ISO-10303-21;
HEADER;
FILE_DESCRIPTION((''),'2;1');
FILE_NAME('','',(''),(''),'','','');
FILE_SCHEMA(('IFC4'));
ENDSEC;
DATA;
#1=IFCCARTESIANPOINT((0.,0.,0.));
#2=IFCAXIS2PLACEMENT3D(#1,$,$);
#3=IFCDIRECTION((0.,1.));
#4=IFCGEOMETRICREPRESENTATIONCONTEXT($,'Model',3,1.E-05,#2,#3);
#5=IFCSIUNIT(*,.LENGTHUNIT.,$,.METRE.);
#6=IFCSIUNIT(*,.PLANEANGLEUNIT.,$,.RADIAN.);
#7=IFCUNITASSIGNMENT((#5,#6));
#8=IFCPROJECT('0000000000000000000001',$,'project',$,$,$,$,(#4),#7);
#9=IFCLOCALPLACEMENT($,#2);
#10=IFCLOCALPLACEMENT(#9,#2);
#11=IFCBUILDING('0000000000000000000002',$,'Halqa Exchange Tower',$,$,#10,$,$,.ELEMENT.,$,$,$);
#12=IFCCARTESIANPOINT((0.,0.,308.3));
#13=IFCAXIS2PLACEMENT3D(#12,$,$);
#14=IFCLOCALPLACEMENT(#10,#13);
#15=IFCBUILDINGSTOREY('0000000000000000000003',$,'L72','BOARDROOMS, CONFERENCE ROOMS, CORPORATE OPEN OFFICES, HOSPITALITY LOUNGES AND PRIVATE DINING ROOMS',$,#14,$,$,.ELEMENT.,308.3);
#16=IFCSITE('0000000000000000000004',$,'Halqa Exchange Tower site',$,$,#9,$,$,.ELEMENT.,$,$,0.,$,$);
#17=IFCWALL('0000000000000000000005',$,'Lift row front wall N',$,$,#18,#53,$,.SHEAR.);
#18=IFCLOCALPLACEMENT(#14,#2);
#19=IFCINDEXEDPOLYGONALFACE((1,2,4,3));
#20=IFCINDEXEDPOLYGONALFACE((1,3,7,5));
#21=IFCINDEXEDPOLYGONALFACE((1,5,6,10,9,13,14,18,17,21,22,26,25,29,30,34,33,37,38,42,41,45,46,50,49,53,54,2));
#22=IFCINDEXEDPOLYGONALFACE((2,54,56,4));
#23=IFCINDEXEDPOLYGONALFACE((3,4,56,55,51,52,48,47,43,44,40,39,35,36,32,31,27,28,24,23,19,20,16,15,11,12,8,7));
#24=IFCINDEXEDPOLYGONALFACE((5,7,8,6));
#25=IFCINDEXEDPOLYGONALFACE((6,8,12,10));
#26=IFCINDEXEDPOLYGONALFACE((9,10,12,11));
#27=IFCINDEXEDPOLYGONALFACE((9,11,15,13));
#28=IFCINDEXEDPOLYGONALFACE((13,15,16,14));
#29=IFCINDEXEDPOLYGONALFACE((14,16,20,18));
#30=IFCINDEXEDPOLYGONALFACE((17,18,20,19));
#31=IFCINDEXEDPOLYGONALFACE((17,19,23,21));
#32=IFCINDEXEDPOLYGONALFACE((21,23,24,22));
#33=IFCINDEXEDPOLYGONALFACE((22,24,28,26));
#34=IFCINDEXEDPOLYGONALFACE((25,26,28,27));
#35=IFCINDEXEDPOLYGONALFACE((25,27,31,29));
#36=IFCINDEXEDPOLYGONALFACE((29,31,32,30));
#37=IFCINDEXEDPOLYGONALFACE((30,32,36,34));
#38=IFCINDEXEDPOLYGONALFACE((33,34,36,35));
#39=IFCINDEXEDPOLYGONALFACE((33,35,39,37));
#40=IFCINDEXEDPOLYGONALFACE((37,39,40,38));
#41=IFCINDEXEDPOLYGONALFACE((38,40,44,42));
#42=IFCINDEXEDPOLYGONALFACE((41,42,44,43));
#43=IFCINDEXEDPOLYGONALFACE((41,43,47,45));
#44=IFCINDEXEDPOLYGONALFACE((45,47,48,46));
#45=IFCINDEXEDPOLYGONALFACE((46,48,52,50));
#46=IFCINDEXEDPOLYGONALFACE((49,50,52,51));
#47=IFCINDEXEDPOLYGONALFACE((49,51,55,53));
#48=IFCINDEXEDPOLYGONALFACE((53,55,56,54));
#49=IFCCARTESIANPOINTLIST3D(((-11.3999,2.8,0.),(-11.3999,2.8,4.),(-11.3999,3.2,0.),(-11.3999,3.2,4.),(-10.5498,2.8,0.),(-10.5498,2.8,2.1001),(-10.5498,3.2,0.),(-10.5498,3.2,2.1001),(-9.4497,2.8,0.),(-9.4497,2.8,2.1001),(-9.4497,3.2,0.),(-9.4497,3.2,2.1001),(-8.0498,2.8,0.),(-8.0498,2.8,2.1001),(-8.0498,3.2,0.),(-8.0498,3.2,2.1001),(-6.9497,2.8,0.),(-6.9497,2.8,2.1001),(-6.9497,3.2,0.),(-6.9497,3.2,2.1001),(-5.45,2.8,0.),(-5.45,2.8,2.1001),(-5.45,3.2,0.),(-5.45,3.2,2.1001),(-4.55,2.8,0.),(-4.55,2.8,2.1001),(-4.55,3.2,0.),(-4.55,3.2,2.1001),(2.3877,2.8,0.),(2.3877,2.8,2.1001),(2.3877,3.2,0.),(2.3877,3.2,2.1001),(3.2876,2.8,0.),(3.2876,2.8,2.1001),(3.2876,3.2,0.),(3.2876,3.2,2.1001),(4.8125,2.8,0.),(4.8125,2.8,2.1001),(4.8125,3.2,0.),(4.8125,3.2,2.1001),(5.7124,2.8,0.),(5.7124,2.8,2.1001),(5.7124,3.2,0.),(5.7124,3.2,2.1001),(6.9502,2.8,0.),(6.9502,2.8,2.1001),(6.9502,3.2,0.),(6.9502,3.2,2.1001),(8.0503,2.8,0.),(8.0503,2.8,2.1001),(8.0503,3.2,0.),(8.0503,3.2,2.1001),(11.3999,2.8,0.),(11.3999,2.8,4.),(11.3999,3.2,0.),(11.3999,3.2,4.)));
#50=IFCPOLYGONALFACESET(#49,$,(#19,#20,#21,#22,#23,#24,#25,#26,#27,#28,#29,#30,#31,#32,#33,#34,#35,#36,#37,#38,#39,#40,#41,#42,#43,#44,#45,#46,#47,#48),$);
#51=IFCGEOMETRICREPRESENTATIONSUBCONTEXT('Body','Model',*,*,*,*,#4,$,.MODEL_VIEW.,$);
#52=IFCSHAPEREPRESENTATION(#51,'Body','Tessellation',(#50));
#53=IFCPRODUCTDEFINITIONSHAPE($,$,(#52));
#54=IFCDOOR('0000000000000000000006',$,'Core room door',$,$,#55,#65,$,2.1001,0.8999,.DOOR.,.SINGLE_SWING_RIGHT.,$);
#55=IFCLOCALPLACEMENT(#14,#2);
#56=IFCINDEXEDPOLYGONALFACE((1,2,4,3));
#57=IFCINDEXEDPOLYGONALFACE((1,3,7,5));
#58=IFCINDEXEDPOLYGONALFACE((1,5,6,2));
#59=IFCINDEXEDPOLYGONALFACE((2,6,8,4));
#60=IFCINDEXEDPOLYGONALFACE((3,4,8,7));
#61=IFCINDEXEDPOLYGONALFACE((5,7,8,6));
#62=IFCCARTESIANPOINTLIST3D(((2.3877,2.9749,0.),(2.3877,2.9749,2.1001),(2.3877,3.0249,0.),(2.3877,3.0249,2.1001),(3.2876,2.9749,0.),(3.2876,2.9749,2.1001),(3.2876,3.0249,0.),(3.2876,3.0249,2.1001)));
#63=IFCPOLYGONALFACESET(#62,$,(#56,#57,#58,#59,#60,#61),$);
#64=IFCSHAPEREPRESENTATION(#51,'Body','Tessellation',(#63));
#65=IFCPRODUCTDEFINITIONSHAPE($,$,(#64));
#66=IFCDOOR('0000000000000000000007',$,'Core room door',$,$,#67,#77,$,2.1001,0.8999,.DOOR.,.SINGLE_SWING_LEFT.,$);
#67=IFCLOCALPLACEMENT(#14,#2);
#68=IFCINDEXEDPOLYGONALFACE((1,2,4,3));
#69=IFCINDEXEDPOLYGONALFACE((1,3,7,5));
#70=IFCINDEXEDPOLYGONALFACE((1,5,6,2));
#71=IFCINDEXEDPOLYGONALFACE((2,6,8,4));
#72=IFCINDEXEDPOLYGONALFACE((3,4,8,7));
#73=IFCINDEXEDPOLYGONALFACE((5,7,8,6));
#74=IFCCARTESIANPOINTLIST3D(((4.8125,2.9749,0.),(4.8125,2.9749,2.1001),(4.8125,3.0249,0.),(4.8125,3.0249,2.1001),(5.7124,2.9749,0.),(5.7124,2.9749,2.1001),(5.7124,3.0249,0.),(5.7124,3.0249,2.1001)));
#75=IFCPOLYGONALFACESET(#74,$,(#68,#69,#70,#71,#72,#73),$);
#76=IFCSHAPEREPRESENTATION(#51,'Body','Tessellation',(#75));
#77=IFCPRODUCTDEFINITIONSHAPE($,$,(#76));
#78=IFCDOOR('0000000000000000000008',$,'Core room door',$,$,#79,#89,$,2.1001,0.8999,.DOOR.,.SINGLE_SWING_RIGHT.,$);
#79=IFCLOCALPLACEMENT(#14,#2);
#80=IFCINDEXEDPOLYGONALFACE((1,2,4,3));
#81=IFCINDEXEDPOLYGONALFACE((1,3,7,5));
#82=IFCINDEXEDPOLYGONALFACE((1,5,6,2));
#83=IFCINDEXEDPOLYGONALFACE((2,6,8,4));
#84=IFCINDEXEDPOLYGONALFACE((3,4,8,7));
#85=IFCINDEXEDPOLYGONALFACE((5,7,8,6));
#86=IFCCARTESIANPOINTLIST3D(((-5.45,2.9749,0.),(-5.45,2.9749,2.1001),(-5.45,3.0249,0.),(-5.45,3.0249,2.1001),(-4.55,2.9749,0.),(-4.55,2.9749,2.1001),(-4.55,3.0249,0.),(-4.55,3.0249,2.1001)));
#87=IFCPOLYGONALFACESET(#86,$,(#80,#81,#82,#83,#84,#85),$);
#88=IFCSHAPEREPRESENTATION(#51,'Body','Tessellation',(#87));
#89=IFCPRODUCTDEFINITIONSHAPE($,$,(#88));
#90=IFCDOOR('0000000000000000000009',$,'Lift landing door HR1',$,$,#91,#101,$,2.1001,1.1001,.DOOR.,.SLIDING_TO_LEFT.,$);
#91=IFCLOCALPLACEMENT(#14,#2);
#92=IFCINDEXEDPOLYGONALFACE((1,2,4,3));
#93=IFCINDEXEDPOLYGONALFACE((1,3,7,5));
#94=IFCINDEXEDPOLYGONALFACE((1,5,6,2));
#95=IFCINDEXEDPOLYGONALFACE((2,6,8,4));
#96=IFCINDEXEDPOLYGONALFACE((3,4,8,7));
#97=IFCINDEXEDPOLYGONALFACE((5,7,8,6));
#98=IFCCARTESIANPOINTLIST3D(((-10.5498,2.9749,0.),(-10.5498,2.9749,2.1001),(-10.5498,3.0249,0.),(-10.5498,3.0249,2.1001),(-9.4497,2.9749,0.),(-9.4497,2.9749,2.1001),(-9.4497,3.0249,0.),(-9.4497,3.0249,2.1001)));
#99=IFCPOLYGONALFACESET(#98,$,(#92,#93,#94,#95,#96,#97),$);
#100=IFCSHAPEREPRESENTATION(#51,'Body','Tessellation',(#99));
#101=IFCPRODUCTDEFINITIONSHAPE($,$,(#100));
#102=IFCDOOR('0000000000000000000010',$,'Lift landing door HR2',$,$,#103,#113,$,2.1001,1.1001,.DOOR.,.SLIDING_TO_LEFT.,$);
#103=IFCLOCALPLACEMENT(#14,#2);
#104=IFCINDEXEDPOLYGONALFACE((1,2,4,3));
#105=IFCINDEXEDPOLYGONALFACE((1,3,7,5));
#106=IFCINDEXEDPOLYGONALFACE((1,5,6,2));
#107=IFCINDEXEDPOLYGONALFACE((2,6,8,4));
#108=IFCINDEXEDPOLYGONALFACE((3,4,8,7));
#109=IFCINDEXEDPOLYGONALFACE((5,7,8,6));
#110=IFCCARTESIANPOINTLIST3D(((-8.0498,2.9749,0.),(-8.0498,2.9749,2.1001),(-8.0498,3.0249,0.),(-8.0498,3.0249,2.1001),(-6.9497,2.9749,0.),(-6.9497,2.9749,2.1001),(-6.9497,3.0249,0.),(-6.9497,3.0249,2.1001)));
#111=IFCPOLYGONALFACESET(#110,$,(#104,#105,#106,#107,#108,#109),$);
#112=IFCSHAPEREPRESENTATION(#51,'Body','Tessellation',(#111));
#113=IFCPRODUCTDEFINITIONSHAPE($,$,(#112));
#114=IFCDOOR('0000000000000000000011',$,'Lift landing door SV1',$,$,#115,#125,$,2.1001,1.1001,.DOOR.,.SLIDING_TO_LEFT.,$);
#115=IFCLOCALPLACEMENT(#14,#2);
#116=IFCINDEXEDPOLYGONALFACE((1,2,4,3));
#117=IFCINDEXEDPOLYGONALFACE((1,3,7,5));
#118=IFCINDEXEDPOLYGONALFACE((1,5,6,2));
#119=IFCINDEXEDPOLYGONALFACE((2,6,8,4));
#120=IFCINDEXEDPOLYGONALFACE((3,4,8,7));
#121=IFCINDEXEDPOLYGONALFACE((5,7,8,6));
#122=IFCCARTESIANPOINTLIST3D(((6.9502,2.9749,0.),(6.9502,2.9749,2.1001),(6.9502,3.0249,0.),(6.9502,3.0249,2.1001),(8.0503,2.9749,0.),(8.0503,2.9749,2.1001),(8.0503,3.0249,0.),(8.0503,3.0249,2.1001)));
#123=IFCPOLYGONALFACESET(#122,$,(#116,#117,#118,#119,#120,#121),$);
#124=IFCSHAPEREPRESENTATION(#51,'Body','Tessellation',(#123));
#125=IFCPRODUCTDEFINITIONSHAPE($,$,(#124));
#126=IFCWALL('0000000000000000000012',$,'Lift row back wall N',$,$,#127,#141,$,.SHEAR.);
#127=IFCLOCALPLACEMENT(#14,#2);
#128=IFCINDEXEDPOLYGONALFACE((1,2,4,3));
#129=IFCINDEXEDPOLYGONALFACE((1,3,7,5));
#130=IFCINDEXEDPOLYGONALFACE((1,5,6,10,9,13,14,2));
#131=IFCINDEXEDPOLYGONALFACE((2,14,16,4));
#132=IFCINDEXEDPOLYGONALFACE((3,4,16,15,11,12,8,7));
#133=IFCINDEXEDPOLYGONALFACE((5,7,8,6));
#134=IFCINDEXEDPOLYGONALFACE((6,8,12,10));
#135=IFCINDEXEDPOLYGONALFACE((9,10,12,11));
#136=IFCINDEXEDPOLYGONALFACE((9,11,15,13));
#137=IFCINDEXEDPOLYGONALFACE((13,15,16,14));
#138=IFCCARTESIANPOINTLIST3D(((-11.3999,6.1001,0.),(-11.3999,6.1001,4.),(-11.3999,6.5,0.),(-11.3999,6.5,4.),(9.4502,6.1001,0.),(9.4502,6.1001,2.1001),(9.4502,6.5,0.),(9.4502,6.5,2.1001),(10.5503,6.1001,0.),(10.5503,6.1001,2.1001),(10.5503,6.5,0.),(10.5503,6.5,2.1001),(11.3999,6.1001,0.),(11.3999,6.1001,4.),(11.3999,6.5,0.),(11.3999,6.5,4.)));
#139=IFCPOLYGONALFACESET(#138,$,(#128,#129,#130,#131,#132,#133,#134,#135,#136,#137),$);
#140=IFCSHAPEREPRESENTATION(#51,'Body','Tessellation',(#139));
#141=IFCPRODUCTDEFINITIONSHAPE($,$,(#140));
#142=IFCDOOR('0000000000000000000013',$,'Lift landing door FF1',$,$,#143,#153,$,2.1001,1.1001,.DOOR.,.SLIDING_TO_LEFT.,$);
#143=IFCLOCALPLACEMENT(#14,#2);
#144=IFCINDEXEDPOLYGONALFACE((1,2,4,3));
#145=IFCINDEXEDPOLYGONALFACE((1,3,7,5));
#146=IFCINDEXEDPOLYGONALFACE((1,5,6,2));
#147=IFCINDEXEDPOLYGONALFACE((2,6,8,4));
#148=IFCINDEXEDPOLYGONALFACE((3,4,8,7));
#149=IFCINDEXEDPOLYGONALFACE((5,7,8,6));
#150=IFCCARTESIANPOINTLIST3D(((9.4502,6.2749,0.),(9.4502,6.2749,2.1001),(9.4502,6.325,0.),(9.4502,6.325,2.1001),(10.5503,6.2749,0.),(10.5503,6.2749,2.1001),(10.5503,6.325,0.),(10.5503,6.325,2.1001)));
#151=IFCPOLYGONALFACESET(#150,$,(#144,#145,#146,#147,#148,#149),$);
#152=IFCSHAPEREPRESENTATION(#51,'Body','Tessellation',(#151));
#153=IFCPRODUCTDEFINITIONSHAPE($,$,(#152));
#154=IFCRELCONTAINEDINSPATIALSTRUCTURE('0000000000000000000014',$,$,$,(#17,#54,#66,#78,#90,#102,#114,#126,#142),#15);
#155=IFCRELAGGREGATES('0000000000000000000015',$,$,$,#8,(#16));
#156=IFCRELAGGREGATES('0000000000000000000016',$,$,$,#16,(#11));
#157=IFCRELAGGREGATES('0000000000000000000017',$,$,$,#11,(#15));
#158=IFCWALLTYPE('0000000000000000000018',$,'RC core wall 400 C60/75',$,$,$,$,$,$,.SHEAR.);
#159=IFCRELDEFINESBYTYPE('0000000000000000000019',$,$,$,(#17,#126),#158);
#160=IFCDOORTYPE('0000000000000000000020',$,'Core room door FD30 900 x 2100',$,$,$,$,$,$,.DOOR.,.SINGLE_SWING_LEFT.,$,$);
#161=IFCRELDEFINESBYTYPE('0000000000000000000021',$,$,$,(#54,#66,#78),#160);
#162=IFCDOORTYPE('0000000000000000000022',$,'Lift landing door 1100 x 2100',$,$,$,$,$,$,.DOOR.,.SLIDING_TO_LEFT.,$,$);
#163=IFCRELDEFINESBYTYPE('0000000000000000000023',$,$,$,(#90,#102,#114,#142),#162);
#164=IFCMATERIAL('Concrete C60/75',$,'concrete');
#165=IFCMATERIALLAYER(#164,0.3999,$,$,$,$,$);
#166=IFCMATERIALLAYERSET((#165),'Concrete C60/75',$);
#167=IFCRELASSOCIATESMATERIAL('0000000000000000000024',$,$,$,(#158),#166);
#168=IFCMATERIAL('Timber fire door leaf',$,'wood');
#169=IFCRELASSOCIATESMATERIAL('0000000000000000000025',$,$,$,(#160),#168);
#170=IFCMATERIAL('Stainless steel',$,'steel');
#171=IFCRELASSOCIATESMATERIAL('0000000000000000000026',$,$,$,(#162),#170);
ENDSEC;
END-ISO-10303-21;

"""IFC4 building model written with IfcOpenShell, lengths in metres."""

from ifc_helpers import new_model, si_unit, direction, frame, frame_2d, origin, place, context, subcontext, project, spatial, rectangle, extrude, material, layer, layer_set, type_object, element, fill, save


model = new_model("IFC4")

# Units and contexts
model_context = context("Model", 3, precision=1e-05, world=origin(), true_north=direction((0.0, 1.0)))
body_context = subcontext(model_context, "Body", "Model", "MODEL_VIEW")
ifc_project = project(units=[si_unit("LENGTHUNIT", "METRE"), si_unit("PLANEANGLEUNIT", "RADIAN")], contexts=[model_context])

# Site, building, storey
site_placement = place(None, origin())
site = spatial("IfcSite", under=ifc_project, at=site_placement, Name="Halqa Exchange Tower site", CompositionType="ELEMENT", RefElevation=0.0)
building_placement = place(site_placement, origin())
building = spatial("IfcBuilding", under=site, at=building_placement, Name="Halqa Exchange Tower", CompositionType="ELEMENT")
storey_placement = place(building_placement, frame((0.0, 0.0, 308.3)))
storey = spatial("IfcBuildingStorey", under=building, at=storey_placement, Name="L72", Description="BOARDROOMS, CONFERENCE ROOMS, CORPORATE OPEN OFFICES, HOSPITALITY LOUNGES AND PRIVATE DINING ROOMS", CompositionType="ELEMENT", Elevation=308.3)

# Shared definitions
ifc_material_1 = material(Name="Concrete C60/75", Category="concrete")

# Wall, openings, doors
ifc_layer_1 = layer(ifc_material_1, 0.3999)
ifc_layer_set_1 = layer_set([ifc_layer_1], Name="Concrete C60/75")
wall_type_1 = type_object("IfcWallType", Name="RC core wall 400 C60/75", PredefinedType="SHEAR", material=ifc_layer_set_1)
wall_1_placement = place(storey_placement, frame((-11.3999, 3.0, 0.0), z_axis=(0.0, 0.0, 1.0), x_axis=(1.0, 0.0, 0.0)))
wall_1 = element("IfcWall", 1, at=wall_1_placement, inside=storey, type_object=wall_type_1, Name="Lift row front wall N", PredefinedType="SHEAR", context=body_context, shape_type="SweptSolid", body=[
    extrude(rectangle(XDim=22.7998, YDim=0.3999, at=frame_2d((11.3999, 0.0))), origin(), (0.0, 0.0, 1.0), 4.0),
])
opening_1_placement = place(wall_1_placement, frame((0.8501, 0.0, 0.0)))
opening_1 = element("IfcOpeningElement", 2, at=opening_1_placement, cuts=wall_1, PredefinedType="OPENING", context=body_context, shape_type="SweptSolid", body=[
    extrude(rectangle(XDim=1.1001, YDim=2.1001, at=frame_2d((0.55, 1.05))), frame((0.0, 0.2119, 0.0), z_axis=(0.0, -1.0, 0.0), x_axis=(1.0, 0.0, 0.0)), (0.0, 0.0, 1.0), 0.4238),
])
opening_2_placement = place(wall_1_placement, frame((3.3501, 0.0, 0.0)))
opening_2 = element("IfcOpeningElement", 3, at=opening_2_placement, cuts=wall_1, PredefinedType="OPENING", context=body_context, shape_type="SweptSolid", body=[
    extrude(rectangle(XDim=1.1001, YDim=2.1001, at=frame_2d((0.55, 1.05))), frame((0.0, 0.2119, 0.0), z_axis=(0.0, -1.0, 0.0), x_axis=(1.0, 0.0, 0.0)), (0.0, 0.0, 1.0), 0.4238),
])
opening_3_placement = place(wall_1_placement, frame((18.3501, 0.0, 0.0)))
opening_3 = element("IfcOpeningElement", 4, at=opening_3_placement, cuts=wall_1, PredefinedType="OPENING", context=body_context, shape_type="SweptSolid", body=[
    extrude(rectangle(XDim=1.1001, YDim=2.1001, at=frame_2d((0.55, 1.05))), frame((0.0, 0.2119, 0.0), z_axis=(0.0, -1.0, 0.0), x_axis=(1.0, 0.0, 0.0)), (0.0, 0.0, 1.0), 0.4238),
])
opening_4_placement = place(wall_1_placement, frame((13.7876, 0.0, 0.0)))
opening_4 = element("IfcOpeningElement", 5, at=opening_4_placement, cuts=wall_1, PredefinedType="OPENING", context=body_context, shape_type="SweptSolid", body=[
    extrude(rectangle(XDim=0.8999, YDim=2.1001, at=frame_2d((0.45, 1.05))), frame((0.0, 0.2119, 0.0), z_axis=(0.0, -1.0, 0.0), x_axis=(1.0, 0.0, 0.0)), (0.0, 0.0, 1.0), 0.4238),
])
opening_5_placement = place(wall_1_placement, frame((16.2124, 0.0, 0.0)))
opening_5 = element("IfcOpeningElement", 6, at=opening_5_placement, cuts=wall_1, PredefinedType="OPENING", context=body_context, shape_type="SweptSolid", body=[
    extrude(rectangle(XDim=0.8999, YDim=2.1001, at=frame_2d((0.45, 1.05))), frame((0.0, 0.2119, 0.0), z_axis=(0.0, -1.0, 0.0), x_axis=(1.0, 0.0, 0.0)), (0.0, 0.0, 1.0), 0.4238),
])
opening_6_placement = place(wall_1_placement, frame((5.95, 0.0, 0.0)))
opening_6 = element("IfcOpeningElement", 7, at=opening_6_placement, cuts=wall_1, PredefinedType="OPENING", context=body_context, shape_type="SweptSolid", body=[
    extrude(rectangle(XDim=0.8999, YDim=2.1001, at=frame_2d((0.45, 1.05))), frame((0.0, 0.2119, 0.0), z_axis=(0.0, -1.0, 0.0), x_axis=(1.0, 0.0, 0.0)), (0.0, 0.0, 1.0), 0.4238),
])
ifc_material_2 = material(Name="Timber fire door leaf", Category="wood")
door_type_1 = type_object("IfcDoorType", Name="Core room door FD30 900 x 2100", OperationType="SINGLE_SWING_LEFT", PredefinedType="DOOR", material=ifc_material_2)
door_1_placement = place(opening_4_placement, origin())
door_1 = element("IfcDoor", 8, at=door_1_placement, inside=storey, type_object=door_type_1, Name="Core room door", OperationType="SINGLE_SWING_RIGHT", OverallHeight=2.1001, OverallWidth=0.8999, PredefinedType="DOOR", context=body_context, shape_type="SweptSolid", body=[
    extrude(rectangle(XDim=0.8999, YDim=2.1001, at=frame_2d((0.45, 1.05))), frame((0.0, 0.0249, 0.0), z_axis=(0.0, -1.0, 0.0), x_axis=(1.0, 0.0, 0.0)), (0.0, 0.0, 1.0), 0.05),
])
fill(opening_4, door_1)
door_2_placement = place(opening_5_placement, origin())
door_2 = element("IfcDoor", 9, at=door_2_placement, inside=storey, type_object=door_type_1, Name="Core room door", OperationType="SINGLE_SWING_LEFT", OverallHeight=2.1001, OverallWidth=0.8999, PredefinedType="DOOR", context=body_context, shape_type="SweptSolid", body=[
    extrude(rectangle(XDim=0.8999, YDim=2.1001, at=frame_2d((0.45, 1.05))), frame((0.0, 0.0249, 0.0), z_axis=(0.0, -1.0, 0.0), x_axis=(1.0, 0.0, 0.0)), (0.0, 0.0, 1.0), 0.05),
])
fill(opening_5, door_2)
door_3_placement = place(opening_6_placement, origin())
door_3 = element("IfcDoor", 10, at=door_3_placement, inside=storey, type_object=door_type_1, Name="Core room door", OperationType="SINGLE_SWING_RIGHT", OverallHeight=2.1001, OverallWidth=0.8999, PredefinedType="DOOR", context=body_context, shape_type="SweptSolid", body=[
    extrude(rectangle(XDim=0.8999, YDim=2.1001, at=frame_2d((0.45, 1.05))), frame((0.0, 0.0249, 0.0), z_axis=(0.0, -1.0, 0.0), x_axis=(1.0, 0.0, 0.0)), (0.0, 0.0, 1.0), 0.05),
])
fill(opening_6, door_3)
ifc_material_3 = material(Name="Stainless steel", Category="steel")
door_type_2 = type_object("IfcDoorType", Name="Lift landing door 1100 x 2100", OperationType="SLIDING_TO_LEFT", PredefinedType="DOOR", material=ifc_material_3)
door_4_placement = place(opening_1_placement, origin())
door_4 = element("IfcDoor", 11, at=door_4_placement, inside=storey, type_object=door_type_2, Name="Lift landing door HR1", OperationType="SLIDING_TO_LEFT", OverallHeight=2.1001, OverallWidth=1.1001, PredefinedType="DOOR", context=body_context, shape_type="SweptSolid", body=[
    extrude(rectangle(XDim=1.1001, YDim=2.1001, at=frame_2d((0.55, 1.05))), frame((0.0, 0.0249, 0.0), z_axis=(0.0, -1.0, 0.0), x_axis=(1.0, 0.0, 0.0)), (0.0, 0.0, 1.0), 0.05),
])
fill(opening_1, door_4)
door_5_placement = place(opening_2_placement, origin())
door_5 = element("IfcDoor", 12, at=door_5_placement, inside=storey, type_object=door_type_2, Name="Lift landing door HR2", OperationType="SLIDING_TO_LEFT", OverallHeight=2.1001, OverallWidth=1.1001, PredefinedType="DOOR", context=body_context, shape_type="SweptSolid", body=[
    extrude(rectangle(XDim=1.1001, YDim=2.1001, at=frame_2d((0.55, 1.05))), frame((0.0, 0.0249, 0.0), z_axis=(0.0, -1.0, 0.0), x_axis=(1.0, 0.0, 0.0)), (0.0, 0.0, 1.0), 0.05),
])
fill(opening_2, door_5)
door_6_placement = place(opening_3_placement, origin())
door_6 = element("IfcDoor", 13, at=door_6_placement, inside=storey, type_object=door_type_2, Name="Lift landing door SV1", OperationType="SLIDING_TO_LEFT", OverallHeight=2.1001, OverallWidth=1.1001, PredefinedType="DOOR", context=body_context, shape_type="SweptSolid", body=[
    extrude(rectangle(XDim=1.1001, YDim=2.1001, at=frame_2d((0.55, 1.05))), frame((0.0, 0.0249, 0.0), z_axis=(0.0, -1.0, 0.0), x_axis=(1.0, 0.0, 0.0)), (0.0, 0.0, 1.0), 0.05),
])
fill(opening_3, door_6)

# Wall, opening, door
wall_2_placement = place(storey_placement, frame((-11.3999, 6.3, 0.0), z_axis=(0.0, 0.0, 1.0), x_axis=(1.0, 0.0, 0.0)))
wall_2 = element("IfcWall", 14, at=wall_2_placement, inside=storey, type_object=wall_type_1, Name="Lift row back wall N", PredefinedType="SHEAR", context=body_context, shape_type="SweptSolid", body=[
    extrude(rectangle(XDim=22.7998, YDim=0.3999, at=frame_2d((11.3999, 0.0))), origin(), (0.0, 0.0, 1.0), 4.0),
])
opening_7_placement = place(wall_2_placement, frame((20.8501, 0.0, 0.0)))
opening_7 = element("IfcOpeningElement", 15, at=opening_7_placement, cuts=wall_2, PredefinedType="OPENING", context=body_context, shape_type="SweptSolid", body=[
    extrude(rectangle(XDim=1.1001, YDim=2.1001, at=frame_2d((0.55, 1.05))), frame((0.0, 0.2119, 0.0), z_axis=(0.0, -1.0, 0.0), x_axis=(1.0, 0.0, 0.0)), (0.0, 0.0, 1.0), 0.4238),
])
door_7_placement = place(opening_7_placement, origin())
door_7 = element("IfcDoor", 16, at=door_7_placement, inside=storey, type_object=door_type_2, Name="Lift landing door FF1", OperationType="SLIDING_TO_LEFT", OverallHeight=2.1001, OverallWidth=1.1001, PredefinedType="DOOR", context=body_context, shape_type="SweptSolid", body=[
    extrude(rectangle(XDim=1.1001, YDim=2.1001, at=frame_2d((0.55, 1.05))), frame((0.0, 0.0249, 0.0), z_axis=(0.0, -1.0, 0.0), x_axis=(1.0, 0.0, 0.0)), (0.0, 0.0, 1.0), 0.05),
])
fill(opening_7, door_7)

save(model, "model.ifc")
